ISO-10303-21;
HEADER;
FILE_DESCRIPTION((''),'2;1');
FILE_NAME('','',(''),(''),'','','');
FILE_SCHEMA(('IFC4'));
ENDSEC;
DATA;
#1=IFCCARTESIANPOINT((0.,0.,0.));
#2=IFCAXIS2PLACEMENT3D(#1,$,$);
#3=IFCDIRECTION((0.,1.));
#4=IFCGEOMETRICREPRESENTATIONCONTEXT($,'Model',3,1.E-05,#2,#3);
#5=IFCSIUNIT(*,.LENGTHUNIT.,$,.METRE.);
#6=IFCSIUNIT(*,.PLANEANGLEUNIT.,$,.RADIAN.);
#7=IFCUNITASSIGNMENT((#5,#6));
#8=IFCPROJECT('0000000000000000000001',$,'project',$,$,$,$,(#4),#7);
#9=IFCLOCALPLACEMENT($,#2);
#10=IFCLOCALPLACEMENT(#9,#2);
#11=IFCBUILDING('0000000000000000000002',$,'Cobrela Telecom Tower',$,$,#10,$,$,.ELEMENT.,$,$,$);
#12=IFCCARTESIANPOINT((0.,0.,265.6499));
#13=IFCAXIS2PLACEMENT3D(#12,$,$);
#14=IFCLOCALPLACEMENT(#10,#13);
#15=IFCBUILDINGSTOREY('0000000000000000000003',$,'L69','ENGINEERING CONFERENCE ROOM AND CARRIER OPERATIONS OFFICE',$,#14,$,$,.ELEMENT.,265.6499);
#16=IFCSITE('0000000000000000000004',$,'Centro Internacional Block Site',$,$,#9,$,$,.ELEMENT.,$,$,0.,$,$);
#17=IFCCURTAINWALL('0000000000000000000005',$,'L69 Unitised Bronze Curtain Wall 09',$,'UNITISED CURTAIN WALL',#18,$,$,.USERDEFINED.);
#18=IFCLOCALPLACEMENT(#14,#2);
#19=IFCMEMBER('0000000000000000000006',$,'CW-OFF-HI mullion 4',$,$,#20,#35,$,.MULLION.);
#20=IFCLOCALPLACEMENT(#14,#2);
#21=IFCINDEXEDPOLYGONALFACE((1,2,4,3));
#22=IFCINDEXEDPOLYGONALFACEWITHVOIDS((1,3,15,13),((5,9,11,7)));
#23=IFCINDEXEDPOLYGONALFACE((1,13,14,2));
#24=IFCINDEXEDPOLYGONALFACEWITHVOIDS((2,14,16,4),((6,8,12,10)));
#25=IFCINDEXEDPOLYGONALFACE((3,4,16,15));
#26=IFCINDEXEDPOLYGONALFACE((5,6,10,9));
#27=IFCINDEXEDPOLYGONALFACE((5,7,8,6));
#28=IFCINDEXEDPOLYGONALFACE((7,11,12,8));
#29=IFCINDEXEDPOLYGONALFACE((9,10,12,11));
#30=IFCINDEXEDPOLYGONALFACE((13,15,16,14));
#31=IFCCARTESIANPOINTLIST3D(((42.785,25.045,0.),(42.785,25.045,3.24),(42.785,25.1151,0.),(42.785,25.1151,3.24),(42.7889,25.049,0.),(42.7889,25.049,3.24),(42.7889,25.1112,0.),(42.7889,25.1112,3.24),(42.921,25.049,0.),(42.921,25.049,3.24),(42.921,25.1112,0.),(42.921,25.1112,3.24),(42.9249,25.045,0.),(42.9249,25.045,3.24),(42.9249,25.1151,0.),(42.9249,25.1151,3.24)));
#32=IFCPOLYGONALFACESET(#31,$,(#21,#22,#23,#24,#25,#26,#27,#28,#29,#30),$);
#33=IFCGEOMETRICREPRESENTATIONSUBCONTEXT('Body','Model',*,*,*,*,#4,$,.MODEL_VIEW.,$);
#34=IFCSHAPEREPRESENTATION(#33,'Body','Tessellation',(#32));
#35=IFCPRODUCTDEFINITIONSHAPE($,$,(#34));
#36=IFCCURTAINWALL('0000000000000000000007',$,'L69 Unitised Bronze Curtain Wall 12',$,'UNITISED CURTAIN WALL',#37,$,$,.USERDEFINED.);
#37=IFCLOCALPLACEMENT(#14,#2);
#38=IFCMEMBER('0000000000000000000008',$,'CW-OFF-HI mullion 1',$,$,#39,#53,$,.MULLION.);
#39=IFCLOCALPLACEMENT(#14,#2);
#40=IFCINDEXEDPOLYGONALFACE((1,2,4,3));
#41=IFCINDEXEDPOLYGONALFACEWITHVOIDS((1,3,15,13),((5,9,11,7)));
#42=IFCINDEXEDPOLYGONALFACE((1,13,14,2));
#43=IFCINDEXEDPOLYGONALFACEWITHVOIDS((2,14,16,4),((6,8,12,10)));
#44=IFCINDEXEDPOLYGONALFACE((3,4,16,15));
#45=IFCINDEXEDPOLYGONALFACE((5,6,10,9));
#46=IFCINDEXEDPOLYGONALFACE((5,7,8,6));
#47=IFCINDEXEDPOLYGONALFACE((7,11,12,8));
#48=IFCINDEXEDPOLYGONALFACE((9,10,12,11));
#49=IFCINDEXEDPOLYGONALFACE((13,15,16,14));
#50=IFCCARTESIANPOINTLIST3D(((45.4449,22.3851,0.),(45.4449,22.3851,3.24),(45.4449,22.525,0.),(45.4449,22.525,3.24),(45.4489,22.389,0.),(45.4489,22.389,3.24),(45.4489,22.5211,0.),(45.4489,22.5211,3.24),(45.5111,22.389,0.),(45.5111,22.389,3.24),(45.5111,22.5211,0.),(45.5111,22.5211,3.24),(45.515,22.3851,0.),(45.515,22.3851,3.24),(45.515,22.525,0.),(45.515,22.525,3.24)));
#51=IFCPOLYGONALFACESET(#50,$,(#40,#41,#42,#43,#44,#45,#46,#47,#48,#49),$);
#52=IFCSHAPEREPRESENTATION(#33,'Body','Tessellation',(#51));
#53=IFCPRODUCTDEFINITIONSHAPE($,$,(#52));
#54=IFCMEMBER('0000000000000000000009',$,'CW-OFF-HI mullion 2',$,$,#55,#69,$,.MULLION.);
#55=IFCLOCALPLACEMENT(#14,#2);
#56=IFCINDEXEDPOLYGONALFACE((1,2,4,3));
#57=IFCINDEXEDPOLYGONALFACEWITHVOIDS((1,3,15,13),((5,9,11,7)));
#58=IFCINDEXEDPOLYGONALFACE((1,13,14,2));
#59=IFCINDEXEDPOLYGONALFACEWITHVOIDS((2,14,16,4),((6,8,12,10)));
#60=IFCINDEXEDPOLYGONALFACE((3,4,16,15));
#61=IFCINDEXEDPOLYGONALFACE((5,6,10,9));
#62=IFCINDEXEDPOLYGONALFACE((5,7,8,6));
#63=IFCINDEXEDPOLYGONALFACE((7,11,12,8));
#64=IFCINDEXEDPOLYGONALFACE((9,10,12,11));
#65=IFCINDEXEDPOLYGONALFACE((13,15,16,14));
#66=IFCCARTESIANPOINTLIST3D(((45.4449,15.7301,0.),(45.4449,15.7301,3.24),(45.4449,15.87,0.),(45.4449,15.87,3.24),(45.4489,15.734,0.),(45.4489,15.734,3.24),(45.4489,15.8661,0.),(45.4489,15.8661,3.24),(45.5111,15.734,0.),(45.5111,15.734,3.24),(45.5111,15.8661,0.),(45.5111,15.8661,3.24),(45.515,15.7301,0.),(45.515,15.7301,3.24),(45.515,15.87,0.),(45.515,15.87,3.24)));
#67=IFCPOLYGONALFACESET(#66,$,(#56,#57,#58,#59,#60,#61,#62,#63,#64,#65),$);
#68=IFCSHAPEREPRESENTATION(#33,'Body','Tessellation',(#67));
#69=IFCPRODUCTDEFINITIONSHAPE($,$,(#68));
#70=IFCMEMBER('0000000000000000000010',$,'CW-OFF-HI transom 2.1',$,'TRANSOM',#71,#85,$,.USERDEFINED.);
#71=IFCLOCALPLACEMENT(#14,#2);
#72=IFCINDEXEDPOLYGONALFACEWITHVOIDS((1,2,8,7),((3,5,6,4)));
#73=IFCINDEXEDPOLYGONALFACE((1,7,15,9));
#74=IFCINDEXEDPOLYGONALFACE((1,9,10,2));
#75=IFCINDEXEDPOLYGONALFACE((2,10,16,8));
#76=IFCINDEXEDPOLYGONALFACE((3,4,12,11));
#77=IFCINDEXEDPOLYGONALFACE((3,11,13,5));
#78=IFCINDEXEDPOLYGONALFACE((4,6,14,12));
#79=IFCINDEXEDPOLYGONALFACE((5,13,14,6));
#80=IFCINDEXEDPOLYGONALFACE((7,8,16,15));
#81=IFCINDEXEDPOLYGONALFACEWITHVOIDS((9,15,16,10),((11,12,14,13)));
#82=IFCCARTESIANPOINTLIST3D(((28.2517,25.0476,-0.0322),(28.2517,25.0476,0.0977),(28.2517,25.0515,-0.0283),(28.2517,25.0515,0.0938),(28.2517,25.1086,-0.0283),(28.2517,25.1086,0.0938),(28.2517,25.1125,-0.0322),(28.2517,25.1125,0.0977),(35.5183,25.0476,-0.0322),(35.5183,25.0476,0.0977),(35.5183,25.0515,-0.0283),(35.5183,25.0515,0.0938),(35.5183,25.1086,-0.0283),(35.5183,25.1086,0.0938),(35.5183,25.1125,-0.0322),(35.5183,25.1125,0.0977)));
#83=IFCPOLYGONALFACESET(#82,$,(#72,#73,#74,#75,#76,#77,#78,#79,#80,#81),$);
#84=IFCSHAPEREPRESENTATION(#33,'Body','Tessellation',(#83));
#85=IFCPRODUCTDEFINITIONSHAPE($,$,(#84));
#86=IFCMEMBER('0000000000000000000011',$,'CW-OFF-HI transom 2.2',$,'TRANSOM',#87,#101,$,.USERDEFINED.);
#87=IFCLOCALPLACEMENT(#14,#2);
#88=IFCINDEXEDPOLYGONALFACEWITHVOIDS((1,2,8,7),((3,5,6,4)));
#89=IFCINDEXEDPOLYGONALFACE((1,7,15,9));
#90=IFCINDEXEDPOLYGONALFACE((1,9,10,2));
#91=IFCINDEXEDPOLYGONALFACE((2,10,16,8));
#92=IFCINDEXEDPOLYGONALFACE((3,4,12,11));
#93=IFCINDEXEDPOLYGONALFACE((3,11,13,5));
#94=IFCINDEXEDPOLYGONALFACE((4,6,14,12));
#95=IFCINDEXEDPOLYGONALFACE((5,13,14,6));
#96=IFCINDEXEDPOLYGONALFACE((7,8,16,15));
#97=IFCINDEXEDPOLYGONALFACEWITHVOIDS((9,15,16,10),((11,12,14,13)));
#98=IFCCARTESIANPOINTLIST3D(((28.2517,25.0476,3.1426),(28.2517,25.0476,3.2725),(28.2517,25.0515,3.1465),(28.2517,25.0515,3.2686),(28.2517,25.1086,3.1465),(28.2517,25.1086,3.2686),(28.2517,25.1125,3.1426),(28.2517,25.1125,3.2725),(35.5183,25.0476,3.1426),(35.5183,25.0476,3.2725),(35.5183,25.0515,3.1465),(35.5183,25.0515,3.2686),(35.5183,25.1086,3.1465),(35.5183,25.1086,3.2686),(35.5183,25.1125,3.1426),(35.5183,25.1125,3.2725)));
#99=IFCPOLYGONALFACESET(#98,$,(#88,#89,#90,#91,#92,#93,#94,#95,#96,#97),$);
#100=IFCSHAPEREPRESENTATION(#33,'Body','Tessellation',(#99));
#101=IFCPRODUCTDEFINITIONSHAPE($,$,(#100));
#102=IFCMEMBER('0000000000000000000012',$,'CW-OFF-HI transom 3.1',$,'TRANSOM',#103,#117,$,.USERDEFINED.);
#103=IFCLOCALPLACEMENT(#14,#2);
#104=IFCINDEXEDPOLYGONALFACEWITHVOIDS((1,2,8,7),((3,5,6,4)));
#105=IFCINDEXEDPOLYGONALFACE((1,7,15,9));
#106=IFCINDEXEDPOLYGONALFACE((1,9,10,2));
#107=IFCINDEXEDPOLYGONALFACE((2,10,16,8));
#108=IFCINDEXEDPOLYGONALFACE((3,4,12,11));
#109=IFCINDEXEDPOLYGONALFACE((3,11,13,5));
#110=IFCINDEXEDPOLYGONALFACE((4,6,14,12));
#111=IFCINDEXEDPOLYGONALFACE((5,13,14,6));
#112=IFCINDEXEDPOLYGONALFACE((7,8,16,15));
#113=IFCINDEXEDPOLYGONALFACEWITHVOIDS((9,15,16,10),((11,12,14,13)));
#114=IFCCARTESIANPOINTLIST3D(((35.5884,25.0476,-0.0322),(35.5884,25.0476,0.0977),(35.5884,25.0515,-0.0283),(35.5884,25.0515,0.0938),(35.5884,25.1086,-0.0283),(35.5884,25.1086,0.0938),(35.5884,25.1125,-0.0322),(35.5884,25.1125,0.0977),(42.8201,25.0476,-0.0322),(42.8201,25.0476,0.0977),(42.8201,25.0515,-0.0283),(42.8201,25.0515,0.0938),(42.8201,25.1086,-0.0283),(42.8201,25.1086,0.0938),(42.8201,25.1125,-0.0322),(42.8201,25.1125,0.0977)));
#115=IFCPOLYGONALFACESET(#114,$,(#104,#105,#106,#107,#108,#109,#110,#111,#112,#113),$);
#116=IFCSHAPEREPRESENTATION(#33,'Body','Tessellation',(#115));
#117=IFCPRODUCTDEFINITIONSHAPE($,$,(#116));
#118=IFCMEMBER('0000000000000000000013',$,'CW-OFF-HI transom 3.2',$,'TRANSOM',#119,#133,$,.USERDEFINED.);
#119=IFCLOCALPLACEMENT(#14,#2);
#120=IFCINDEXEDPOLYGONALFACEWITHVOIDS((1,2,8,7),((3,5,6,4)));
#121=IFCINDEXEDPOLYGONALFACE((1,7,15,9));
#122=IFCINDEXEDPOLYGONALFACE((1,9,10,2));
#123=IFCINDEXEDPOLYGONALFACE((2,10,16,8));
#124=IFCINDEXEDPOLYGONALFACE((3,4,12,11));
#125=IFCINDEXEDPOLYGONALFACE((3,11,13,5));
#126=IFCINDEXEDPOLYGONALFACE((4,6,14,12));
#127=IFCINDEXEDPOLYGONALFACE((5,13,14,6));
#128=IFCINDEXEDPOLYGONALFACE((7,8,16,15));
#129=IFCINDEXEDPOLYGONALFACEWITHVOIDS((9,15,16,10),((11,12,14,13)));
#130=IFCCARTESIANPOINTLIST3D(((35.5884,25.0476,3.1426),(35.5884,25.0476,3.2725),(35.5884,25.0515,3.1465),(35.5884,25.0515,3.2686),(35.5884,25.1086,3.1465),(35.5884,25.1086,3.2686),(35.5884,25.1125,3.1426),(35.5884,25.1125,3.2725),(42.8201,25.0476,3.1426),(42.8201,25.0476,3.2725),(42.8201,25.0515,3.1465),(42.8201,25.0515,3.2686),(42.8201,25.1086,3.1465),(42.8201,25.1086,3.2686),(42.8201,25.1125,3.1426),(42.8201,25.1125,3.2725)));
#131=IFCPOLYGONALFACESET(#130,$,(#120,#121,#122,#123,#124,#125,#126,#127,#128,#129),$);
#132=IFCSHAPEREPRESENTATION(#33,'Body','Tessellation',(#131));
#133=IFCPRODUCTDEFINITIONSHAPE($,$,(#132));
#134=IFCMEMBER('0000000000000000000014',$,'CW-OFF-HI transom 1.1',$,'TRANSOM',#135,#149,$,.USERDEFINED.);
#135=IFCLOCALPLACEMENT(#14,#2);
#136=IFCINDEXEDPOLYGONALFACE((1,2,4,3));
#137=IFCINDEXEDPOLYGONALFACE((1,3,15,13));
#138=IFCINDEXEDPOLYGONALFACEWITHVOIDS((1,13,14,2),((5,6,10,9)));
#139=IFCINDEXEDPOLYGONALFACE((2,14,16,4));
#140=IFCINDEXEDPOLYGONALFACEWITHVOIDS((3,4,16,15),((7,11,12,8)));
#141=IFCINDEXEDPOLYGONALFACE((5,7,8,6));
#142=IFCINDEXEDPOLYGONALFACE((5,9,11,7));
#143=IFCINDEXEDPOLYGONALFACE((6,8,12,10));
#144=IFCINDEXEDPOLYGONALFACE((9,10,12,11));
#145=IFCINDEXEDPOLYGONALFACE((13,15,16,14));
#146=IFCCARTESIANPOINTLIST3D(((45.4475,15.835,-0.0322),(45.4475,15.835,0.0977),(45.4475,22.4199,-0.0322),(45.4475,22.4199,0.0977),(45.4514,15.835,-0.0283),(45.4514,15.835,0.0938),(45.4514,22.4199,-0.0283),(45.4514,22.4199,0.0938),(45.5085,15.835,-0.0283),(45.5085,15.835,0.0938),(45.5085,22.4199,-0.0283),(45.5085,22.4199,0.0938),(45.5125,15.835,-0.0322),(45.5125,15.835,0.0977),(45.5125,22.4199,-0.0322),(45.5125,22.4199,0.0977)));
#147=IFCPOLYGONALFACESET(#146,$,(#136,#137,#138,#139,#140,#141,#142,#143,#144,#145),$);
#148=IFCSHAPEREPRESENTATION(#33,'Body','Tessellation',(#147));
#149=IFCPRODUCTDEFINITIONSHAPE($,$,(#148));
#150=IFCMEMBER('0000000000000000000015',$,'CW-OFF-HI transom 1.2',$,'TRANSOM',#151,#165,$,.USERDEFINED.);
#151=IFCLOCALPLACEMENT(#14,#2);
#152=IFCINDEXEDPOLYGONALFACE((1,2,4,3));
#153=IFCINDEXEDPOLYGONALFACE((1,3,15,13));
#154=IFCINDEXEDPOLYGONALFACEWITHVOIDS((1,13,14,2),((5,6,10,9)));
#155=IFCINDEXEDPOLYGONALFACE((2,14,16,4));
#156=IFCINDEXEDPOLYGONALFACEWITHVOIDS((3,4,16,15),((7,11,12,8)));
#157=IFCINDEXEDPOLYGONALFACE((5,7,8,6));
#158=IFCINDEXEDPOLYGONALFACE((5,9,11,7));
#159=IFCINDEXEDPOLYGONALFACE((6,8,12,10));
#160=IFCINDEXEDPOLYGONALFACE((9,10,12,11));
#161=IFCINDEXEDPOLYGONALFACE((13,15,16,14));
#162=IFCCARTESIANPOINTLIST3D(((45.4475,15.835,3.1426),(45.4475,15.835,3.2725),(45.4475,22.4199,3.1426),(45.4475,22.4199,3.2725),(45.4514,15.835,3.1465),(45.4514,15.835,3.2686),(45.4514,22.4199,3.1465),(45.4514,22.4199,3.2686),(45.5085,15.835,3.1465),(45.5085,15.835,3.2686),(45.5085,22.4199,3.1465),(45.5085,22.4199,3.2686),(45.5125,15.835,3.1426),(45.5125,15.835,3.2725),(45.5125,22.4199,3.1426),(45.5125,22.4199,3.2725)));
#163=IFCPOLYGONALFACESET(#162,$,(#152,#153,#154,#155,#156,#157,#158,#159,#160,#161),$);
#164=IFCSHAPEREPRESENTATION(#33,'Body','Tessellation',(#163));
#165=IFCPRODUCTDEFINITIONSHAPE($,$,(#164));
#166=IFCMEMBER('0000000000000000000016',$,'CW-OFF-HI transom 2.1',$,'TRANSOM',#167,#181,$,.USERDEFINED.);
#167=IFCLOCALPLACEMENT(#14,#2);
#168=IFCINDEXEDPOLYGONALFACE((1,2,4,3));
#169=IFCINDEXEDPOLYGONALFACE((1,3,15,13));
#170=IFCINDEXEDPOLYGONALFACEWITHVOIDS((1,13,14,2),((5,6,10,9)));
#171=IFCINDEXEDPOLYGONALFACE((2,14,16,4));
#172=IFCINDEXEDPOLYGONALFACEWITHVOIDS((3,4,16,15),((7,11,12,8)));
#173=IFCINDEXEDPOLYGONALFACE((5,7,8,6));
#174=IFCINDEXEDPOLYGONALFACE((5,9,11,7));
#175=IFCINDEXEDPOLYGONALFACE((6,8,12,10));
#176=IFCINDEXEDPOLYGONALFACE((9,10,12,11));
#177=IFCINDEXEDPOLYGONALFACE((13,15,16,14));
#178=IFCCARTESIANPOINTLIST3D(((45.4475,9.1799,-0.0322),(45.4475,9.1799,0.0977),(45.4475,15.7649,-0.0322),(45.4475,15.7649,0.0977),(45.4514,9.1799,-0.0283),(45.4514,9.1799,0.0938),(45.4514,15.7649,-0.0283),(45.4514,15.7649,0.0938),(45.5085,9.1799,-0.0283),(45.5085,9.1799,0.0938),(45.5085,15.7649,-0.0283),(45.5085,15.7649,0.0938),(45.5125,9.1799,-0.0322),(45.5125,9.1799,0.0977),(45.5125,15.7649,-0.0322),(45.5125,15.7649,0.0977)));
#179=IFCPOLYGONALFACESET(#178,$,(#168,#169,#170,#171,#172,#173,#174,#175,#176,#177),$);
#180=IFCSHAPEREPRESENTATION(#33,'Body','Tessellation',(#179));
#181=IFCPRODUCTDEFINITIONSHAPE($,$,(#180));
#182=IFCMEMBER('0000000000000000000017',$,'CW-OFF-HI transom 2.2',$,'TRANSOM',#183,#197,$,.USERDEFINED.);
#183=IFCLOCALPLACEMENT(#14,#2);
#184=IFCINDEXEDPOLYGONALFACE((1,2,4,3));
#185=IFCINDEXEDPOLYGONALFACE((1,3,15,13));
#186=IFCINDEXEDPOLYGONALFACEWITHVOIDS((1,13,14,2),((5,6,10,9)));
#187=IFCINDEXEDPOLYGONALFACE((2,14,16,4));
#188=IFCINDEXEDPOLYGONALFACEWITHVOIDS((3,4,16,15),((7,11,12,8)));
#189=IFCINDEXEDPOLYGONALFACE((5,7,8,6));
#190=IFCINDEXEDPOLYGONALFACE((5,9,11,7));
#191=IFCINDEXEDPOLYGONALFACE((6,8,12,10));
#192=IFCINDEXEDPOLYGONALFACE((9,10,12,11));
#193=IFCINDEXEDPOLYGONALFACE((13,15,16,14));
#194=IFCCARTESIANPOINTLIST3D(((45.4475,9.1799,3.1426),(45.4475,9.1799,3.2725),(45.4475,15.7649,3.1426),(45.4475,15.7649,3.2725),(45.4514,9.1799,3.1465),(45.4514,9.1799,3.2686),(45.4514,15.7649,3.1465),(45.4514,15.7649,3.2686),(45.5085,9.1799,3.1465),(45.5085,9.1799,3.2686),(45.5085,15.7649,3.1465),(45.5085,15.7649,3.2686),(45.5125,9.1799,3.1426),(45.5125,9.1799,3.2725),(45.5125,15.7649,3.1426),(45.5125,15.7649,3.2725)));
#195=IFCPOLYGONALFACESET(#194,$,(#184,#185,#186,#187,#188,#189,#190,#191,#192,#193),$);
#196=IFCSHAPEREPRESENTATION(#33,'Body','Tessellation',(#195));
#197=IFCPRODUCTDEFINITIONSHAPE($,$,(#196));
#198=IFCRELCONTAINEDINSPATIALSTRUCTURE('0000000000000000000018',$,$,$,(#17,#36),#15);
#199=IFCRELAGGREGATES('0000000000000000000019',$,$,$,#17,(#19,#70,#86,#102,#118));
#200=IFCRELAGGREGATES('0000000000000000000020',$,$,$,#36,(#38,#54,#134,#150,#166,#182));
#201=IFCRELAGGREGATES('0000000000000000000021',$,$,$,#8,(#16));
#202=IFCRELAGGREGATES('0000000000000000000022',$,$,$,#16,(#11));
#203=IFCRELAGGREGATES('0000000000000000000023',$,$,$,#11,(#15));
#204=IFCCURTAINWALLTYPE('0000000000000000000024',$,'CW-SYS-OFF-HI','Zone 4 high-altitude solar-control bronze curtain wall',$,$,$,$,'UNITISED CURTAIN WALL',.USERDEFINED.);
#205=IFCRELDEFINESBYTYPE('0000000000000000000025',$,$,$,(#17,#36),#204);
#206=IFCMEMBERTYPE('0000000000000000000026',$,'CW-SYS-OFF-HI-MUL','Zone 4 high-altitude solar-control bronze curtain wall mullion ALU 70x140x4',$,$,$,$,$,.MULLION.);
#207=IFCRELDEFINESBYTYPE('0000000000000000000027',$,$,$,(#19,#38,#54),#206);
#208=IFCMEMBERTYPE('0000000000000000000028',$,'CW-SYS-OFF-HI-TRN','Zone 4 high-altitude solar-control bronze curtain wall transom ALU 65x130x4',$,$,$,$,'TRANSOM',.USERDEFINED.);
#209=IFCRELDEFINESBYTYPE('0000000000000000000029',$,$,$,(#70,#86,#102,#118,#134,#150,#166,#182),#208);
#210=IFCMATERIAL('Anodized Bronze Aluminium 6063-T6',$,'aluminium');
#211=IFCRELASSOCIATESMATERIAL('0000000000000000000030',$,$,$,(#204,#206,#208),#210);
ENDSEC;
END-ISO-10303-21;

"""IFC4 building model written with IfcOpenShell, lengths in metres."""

from ifc_helpers import new_model, si_unit, direction, frame, origin, origin_2d, place, context, subcontext, project, spatial, hollow_rectangle, extrude, material, material_profile, profile_set, type_object, element, aggregate, save


model = new_model("IFC4")

# Units and contexts
model_context = context("Model", 3, precision=1e-05, world=origin(), true_north=direction((0.0, 1.0)))
body_context = subcontext(model_context, "Body", "Model", "MODEL_VIEW")
ifc_project = project(units=[si_unit("LENGTHUNIT", "METRE"), si_unit("PLANEANGLEUNIT", "RADIAN")], contexts=[model_context])

# Site, building, storey
site_placement = place(None, origin())
site = spatial("IfcSite", under=ifc_project, at=site_placement, Name="Centro Internacional Block Site", CompositionType="ELEMENT", RefElevation=0.0)
building_placement = place(site_placement, origin())
building = spatial("IfcBuilding", under=site, at=building_placement, Name="Cobrela Telecom Tower", CompositionType="ELEMENT")
storey_placement = place(building_placement, frame((0.0, 0.0, 265.6499)))
storey = spatial("IfcBuildingStorey", under=building, at=storey_placement, Name="L69", Description="ENGINEERING CONFERENCE ROOM AND CARRIER OPERATIONS OFFICE", CompositionType="ELEMENT", Elevation=265.6499)

# Curtain walls, members
ifc_material_1 = material(Name="Anodized Bronze Aluminium 6063-T6", Category="aluminium")
curtain_wall_type = type_object("IfcCurtainWallType", Name="CW-SYS-OFF-HI", Description="Zone 4 high-altitude solar-control bronze curtain wall", ElementType="UNITISED CURTAIN WALL", PredefinedType="USERDEFINED", material=ifc_material_1)
curtain_wall_1_placement = place(storey_placement, origin())
curtain_wall_1 = element("IfcCurtainWall", 1, at=curtain_wall_1_placement, inside=storey, type_object=curtain_wall_type, Name="L69 Unitised Bronze Curtain Wall 09", ObjectType="UNITISED CURTAIN WALL", PredefinedType="USERDEFINED")
ifc_material_profile_1 = material_profile(ifc_material_1, hollow_rectangle(XDim=0.0701, YDim=0.1399, WallThickness=0.0039, at=origin_2d()), Name="ALU 70x140x4")
ifc_profile_set_1 = profile_set([ifc_material_profile_1], Name="Anodized Bronze Aluminium 6063-T6")
member_type_1 = type_object("IfcMemberType", Name="CW-SYS-OFF-HI-MUL", Description="Zone 4 high-altitude solar-control bronze curtain wall mullion ALU 70x140x4", PredefinedType="MULLION", material=ifc_profile_set_1)
member_1_placement = place(storey_placement, frame((42.855, 25.0801, 0.0), z_axis=(0.0, 0.0, 1.0), x_axis=(0.0, 1.0, 0.0)))
member_1 = element("IfcMember", 2, at=member_1_placement, type_object=member_type_1, Name="CW-OFF-HI mullion 4", PredefinedType="MULLION", context=body_context, shape_type="SweptSolid", body=[
    extrude(hollow_rectangle(XDim=0.0701, YDim=0.1399, WallThickness=0.0039, at=origin_2d()), origin(), (0.0, 0.0, 1.0), 3.24),
])
curtain_wall_2_placement = place(storey_placement, origin())
curtain_wall_2 = element("IfcCurtainWall", 3, at=curtain_wall_2_placement, inside=storey, type_object=curtain_wall_type, Name="L69 Unitised Bronze Curtain Wall 12", ObjectType="UNITISED CURTAIN WALL", PredefinedType="USERDEFINED")
member_2_placement = place(storey_placement, frame((45.48, 22.4551, 0.0), z_axis=(0.0, 0.0, 1.0), x_axis=(1.0, 0.0, 0.0)))
member_2 = element("IfcMember", 4, at=member_2_placement, type_object=member_type_1, Name="CW-OFF-HI mullion 1", PredefinedType="MULLION", context=body_context, shape_type="SweptSolid", body=[
    extrude(hollow_rectangle(XDim=0.0701, YDim=0.1399, WallThickness=0.0039, at=origin_2d()), origin(), (0.0, 0.0, 1.0), 3.24),
])
member_3_placement = place(storey_placement, frame((45.48, 15.8, 0.0), z_axis=(0.0, 0.0, 1.0), x_axis=(1.0, 0.0, 0.0)))
member_3 = element("IfcMember", 5, at=member_3_placement, type_object=member_type_1, Name="CW-OFF-HI mullion 2", PredefinedType="MULLION", context=body_context, shape_type="SweptSolid", body=[
    extrude(hollow_rectangle(XDim=0.0701, YDim=0.1399, WallThickness=0.0039, at=origin_2d()), origin(), (0.0, 0.0, 1.0), 3.24),
])

# Members
ifc_material_profile_2 = material_profile(ifc_material_1, hollow_rectangle(XDim=0.0649, YDim=0.1299, WallThickness=0.0039, at=origin_2d()), Name="ALU 65x130x4")
ifc_profile_set_2 = profile_set([ifc_material_profile_2], Name="Anodized Bronze Aluminium 6063-T6")
member_type_2 = type_object("IfcMemberType", Name="CW-SYS-OFF-HI-TRN", Description="Zone 4 high-altitude solar-control bronze curtain wall transom ALU 65x130x4", ElementType="TRANSOM", PredefinedType="USERDEFINED", material=ifc_profile_set_2)
member_4_placement = place(storey_placement, frame((28.2517, 25.0801, 0.0327), z_axis=(1.0, 0.0, 0.0), x_axis=(0.0, 1.0, 0.0)))
member_4 = element("IfcMember", 6, at=member_4_placement, type_object=member_type_2, Name="CW-OFF-HI transom 2.1", ObjectType="TRANSOM", PredefinedType="USERDEFINED", context=body_context, shape_type="SweptSolid", body=[
    extrude(hollow_rectangle(XDim=0.0649, YDim=0.1299, WallThickness=0.0039, at=origin_2d()), origin(), (0.0, 0.0, 1.0), 7.2666),
])
member_5_placement = place(storey_placement, frame((28.2517, 25.0801, 3.2075), z_axis=(1.0, 0.0, 0.0), x_axis=(0.0, 1.0, 0.0)))
member_5 = element("IfcMember", 7, at=member_5_placement, type_object=member_type_2, Name="CW-OFF-HI transom 2.2", ObjectType="TRANSOM", PredefinedType="USERDEFINED", context=body_context, shape_type="SweptSolid", body=[
    extrude(hollow_rectangle(XDim=0.0649, YDim=0.1299, WallThickness=0.0039, at=origin_2d()), origin(), (0.0, 0.0, 1.0), 7.2666),
])
member_6_placement = place(storey_placement, frame((35.5884, 25.0801, 0.0327), z_axis=(1.0, 0.0, 0.0), x_axis=(0.0, 1.0, 0.0)))
member_6 = element("IfcMember", 8, at=member_6_placement, type_object=member_type_2, Name="CW-OFF-HI transom 3.1", ObjectType="TRANSOM", PredefinedType="USERDEFINED", context=body_context, shape_type="SweptSolid", body=[
    extrude(hollow_rectangle(XDim=0.0649, YDim=0.1299, WallThickness=0.0039, at=origin_2d()), origin(), (0.0, 0.0, 1.0), 7.2317),
])
member_7_placement = place(storey_placement, frame((35.5884, 25.0801, 3.2075), z_axis=(1.0, 0.0, 0.0), x_axis=(0.0, 1.0, 0.0)))
member_7 = element("IfcMember", 9, at=member_7_placement, type_object=member_type_2, Name="CW-OFF-HI transom 3.2", ObjectType="TRANSOM", PredefinedType="USERDEFINED", context=body_context, shape_type="SweptSolid", body=[
    extrude(hollow_rectangle(XDim=0.0649, YDim=0.1299, WallThickness=0.0039, at=origin_2d()), origin(), (0.0, 0.0, 1.0), 7.2317),
])
member_8_placement = place(storey_placement, frame((45.48, 22.4199, 0.0327), z_axis=(0.0, -1.0, 0.0), x_axis=(1.0, 0.0, 0.0)))
member_8 = element("IfcMember", 10, at=member_8_placement, type_object=member_type_2, Name="CW-OFF-HI transom 1.1", ObjectType="TRANSOM", PredefinedType="USERDEFINED", context=body_context, shape_type="SweptSolid", body=[
    extrude(hollow_rectangle(XDim=0.0649, YDim=0.1299, WallThickness=0.0039, at=origin_2d()), origin(), (0.0, 0.0, 1.0), 6.585),
])
member_9_placement = place(storey_placement, frame((45.48, 22.4199, 3.2075), z_axis=(0.0, -1.0, 0.0), x_axis=(1.0, 0.0, 0.0)))
member_9 = element("IfcMember", 11, at=member_9_placement, type_object=member_type_2, Name="CW-OFF-HI transom 1.2", ObjectType="TRANSOM", PredefinedType="USERDEFINED", context=body_context, shape_type="SweptSolid", body=[
    extrude(hollow_rectangle(XDim=0.0649, YDim=0.1299, WallThickness=0.0039, at=origin_2d()), origin(), (0.0, 0.0, 1.0), 6.585),
])
member_10_placement = place(storey_placement, frame((45.48, 15.7649, 0.0327), z_axis=(0.0, -1.0, 0.0), x_axis=(1.0, 0.0, 0.0)))
member_10 = element("IfcMember", 12, at=member_10_placement, type_object=member_type_2, Name="CW-OFF-HI transom 2.1", ObjectType="TRANSOM", PredefinedType="USERDEFINED", context=body_context, shape_type="SweptSolid", body=[
    extrude(hollow_rectangle(XDim=0.0649, YDim=0.1299, WallThickness=0.0039, at=origin_2d()), origin(), (0.0, 0.0, 1.0), 6.585),
])
member_11_placement = place(storey_placement, frame((45.48, 15.7649, 3.2075), z_axis=(0.0, -1.0, 0.0), x_axis=(1.0, 0.0, 0.0)))
member_11 = element("IfcMember", 13, at=member_11_placement, type_object=member_type_2, Name="CW-OFF-HI transom 2.2", ObjectType="TRANSOM", PredefinedType="USERDEFINED", context=body_context, shape_type="SweptSolid", body=[
    extrude(hollow_rectangle(XDim=0.0649, YDim=0.1299, WallThickness=0.0039, at=origin_2d()), origin(), (0.0, 0.0, 1.0), 6.585),
])

aggregate(curtain_wall_1, [member_1, member_4, member_5, member_6, member_7])
aggregate(curtain_wall_2, [member_2, member_3, member_8, member_9, member_10, member_11])

save(model, "model.ifc")
